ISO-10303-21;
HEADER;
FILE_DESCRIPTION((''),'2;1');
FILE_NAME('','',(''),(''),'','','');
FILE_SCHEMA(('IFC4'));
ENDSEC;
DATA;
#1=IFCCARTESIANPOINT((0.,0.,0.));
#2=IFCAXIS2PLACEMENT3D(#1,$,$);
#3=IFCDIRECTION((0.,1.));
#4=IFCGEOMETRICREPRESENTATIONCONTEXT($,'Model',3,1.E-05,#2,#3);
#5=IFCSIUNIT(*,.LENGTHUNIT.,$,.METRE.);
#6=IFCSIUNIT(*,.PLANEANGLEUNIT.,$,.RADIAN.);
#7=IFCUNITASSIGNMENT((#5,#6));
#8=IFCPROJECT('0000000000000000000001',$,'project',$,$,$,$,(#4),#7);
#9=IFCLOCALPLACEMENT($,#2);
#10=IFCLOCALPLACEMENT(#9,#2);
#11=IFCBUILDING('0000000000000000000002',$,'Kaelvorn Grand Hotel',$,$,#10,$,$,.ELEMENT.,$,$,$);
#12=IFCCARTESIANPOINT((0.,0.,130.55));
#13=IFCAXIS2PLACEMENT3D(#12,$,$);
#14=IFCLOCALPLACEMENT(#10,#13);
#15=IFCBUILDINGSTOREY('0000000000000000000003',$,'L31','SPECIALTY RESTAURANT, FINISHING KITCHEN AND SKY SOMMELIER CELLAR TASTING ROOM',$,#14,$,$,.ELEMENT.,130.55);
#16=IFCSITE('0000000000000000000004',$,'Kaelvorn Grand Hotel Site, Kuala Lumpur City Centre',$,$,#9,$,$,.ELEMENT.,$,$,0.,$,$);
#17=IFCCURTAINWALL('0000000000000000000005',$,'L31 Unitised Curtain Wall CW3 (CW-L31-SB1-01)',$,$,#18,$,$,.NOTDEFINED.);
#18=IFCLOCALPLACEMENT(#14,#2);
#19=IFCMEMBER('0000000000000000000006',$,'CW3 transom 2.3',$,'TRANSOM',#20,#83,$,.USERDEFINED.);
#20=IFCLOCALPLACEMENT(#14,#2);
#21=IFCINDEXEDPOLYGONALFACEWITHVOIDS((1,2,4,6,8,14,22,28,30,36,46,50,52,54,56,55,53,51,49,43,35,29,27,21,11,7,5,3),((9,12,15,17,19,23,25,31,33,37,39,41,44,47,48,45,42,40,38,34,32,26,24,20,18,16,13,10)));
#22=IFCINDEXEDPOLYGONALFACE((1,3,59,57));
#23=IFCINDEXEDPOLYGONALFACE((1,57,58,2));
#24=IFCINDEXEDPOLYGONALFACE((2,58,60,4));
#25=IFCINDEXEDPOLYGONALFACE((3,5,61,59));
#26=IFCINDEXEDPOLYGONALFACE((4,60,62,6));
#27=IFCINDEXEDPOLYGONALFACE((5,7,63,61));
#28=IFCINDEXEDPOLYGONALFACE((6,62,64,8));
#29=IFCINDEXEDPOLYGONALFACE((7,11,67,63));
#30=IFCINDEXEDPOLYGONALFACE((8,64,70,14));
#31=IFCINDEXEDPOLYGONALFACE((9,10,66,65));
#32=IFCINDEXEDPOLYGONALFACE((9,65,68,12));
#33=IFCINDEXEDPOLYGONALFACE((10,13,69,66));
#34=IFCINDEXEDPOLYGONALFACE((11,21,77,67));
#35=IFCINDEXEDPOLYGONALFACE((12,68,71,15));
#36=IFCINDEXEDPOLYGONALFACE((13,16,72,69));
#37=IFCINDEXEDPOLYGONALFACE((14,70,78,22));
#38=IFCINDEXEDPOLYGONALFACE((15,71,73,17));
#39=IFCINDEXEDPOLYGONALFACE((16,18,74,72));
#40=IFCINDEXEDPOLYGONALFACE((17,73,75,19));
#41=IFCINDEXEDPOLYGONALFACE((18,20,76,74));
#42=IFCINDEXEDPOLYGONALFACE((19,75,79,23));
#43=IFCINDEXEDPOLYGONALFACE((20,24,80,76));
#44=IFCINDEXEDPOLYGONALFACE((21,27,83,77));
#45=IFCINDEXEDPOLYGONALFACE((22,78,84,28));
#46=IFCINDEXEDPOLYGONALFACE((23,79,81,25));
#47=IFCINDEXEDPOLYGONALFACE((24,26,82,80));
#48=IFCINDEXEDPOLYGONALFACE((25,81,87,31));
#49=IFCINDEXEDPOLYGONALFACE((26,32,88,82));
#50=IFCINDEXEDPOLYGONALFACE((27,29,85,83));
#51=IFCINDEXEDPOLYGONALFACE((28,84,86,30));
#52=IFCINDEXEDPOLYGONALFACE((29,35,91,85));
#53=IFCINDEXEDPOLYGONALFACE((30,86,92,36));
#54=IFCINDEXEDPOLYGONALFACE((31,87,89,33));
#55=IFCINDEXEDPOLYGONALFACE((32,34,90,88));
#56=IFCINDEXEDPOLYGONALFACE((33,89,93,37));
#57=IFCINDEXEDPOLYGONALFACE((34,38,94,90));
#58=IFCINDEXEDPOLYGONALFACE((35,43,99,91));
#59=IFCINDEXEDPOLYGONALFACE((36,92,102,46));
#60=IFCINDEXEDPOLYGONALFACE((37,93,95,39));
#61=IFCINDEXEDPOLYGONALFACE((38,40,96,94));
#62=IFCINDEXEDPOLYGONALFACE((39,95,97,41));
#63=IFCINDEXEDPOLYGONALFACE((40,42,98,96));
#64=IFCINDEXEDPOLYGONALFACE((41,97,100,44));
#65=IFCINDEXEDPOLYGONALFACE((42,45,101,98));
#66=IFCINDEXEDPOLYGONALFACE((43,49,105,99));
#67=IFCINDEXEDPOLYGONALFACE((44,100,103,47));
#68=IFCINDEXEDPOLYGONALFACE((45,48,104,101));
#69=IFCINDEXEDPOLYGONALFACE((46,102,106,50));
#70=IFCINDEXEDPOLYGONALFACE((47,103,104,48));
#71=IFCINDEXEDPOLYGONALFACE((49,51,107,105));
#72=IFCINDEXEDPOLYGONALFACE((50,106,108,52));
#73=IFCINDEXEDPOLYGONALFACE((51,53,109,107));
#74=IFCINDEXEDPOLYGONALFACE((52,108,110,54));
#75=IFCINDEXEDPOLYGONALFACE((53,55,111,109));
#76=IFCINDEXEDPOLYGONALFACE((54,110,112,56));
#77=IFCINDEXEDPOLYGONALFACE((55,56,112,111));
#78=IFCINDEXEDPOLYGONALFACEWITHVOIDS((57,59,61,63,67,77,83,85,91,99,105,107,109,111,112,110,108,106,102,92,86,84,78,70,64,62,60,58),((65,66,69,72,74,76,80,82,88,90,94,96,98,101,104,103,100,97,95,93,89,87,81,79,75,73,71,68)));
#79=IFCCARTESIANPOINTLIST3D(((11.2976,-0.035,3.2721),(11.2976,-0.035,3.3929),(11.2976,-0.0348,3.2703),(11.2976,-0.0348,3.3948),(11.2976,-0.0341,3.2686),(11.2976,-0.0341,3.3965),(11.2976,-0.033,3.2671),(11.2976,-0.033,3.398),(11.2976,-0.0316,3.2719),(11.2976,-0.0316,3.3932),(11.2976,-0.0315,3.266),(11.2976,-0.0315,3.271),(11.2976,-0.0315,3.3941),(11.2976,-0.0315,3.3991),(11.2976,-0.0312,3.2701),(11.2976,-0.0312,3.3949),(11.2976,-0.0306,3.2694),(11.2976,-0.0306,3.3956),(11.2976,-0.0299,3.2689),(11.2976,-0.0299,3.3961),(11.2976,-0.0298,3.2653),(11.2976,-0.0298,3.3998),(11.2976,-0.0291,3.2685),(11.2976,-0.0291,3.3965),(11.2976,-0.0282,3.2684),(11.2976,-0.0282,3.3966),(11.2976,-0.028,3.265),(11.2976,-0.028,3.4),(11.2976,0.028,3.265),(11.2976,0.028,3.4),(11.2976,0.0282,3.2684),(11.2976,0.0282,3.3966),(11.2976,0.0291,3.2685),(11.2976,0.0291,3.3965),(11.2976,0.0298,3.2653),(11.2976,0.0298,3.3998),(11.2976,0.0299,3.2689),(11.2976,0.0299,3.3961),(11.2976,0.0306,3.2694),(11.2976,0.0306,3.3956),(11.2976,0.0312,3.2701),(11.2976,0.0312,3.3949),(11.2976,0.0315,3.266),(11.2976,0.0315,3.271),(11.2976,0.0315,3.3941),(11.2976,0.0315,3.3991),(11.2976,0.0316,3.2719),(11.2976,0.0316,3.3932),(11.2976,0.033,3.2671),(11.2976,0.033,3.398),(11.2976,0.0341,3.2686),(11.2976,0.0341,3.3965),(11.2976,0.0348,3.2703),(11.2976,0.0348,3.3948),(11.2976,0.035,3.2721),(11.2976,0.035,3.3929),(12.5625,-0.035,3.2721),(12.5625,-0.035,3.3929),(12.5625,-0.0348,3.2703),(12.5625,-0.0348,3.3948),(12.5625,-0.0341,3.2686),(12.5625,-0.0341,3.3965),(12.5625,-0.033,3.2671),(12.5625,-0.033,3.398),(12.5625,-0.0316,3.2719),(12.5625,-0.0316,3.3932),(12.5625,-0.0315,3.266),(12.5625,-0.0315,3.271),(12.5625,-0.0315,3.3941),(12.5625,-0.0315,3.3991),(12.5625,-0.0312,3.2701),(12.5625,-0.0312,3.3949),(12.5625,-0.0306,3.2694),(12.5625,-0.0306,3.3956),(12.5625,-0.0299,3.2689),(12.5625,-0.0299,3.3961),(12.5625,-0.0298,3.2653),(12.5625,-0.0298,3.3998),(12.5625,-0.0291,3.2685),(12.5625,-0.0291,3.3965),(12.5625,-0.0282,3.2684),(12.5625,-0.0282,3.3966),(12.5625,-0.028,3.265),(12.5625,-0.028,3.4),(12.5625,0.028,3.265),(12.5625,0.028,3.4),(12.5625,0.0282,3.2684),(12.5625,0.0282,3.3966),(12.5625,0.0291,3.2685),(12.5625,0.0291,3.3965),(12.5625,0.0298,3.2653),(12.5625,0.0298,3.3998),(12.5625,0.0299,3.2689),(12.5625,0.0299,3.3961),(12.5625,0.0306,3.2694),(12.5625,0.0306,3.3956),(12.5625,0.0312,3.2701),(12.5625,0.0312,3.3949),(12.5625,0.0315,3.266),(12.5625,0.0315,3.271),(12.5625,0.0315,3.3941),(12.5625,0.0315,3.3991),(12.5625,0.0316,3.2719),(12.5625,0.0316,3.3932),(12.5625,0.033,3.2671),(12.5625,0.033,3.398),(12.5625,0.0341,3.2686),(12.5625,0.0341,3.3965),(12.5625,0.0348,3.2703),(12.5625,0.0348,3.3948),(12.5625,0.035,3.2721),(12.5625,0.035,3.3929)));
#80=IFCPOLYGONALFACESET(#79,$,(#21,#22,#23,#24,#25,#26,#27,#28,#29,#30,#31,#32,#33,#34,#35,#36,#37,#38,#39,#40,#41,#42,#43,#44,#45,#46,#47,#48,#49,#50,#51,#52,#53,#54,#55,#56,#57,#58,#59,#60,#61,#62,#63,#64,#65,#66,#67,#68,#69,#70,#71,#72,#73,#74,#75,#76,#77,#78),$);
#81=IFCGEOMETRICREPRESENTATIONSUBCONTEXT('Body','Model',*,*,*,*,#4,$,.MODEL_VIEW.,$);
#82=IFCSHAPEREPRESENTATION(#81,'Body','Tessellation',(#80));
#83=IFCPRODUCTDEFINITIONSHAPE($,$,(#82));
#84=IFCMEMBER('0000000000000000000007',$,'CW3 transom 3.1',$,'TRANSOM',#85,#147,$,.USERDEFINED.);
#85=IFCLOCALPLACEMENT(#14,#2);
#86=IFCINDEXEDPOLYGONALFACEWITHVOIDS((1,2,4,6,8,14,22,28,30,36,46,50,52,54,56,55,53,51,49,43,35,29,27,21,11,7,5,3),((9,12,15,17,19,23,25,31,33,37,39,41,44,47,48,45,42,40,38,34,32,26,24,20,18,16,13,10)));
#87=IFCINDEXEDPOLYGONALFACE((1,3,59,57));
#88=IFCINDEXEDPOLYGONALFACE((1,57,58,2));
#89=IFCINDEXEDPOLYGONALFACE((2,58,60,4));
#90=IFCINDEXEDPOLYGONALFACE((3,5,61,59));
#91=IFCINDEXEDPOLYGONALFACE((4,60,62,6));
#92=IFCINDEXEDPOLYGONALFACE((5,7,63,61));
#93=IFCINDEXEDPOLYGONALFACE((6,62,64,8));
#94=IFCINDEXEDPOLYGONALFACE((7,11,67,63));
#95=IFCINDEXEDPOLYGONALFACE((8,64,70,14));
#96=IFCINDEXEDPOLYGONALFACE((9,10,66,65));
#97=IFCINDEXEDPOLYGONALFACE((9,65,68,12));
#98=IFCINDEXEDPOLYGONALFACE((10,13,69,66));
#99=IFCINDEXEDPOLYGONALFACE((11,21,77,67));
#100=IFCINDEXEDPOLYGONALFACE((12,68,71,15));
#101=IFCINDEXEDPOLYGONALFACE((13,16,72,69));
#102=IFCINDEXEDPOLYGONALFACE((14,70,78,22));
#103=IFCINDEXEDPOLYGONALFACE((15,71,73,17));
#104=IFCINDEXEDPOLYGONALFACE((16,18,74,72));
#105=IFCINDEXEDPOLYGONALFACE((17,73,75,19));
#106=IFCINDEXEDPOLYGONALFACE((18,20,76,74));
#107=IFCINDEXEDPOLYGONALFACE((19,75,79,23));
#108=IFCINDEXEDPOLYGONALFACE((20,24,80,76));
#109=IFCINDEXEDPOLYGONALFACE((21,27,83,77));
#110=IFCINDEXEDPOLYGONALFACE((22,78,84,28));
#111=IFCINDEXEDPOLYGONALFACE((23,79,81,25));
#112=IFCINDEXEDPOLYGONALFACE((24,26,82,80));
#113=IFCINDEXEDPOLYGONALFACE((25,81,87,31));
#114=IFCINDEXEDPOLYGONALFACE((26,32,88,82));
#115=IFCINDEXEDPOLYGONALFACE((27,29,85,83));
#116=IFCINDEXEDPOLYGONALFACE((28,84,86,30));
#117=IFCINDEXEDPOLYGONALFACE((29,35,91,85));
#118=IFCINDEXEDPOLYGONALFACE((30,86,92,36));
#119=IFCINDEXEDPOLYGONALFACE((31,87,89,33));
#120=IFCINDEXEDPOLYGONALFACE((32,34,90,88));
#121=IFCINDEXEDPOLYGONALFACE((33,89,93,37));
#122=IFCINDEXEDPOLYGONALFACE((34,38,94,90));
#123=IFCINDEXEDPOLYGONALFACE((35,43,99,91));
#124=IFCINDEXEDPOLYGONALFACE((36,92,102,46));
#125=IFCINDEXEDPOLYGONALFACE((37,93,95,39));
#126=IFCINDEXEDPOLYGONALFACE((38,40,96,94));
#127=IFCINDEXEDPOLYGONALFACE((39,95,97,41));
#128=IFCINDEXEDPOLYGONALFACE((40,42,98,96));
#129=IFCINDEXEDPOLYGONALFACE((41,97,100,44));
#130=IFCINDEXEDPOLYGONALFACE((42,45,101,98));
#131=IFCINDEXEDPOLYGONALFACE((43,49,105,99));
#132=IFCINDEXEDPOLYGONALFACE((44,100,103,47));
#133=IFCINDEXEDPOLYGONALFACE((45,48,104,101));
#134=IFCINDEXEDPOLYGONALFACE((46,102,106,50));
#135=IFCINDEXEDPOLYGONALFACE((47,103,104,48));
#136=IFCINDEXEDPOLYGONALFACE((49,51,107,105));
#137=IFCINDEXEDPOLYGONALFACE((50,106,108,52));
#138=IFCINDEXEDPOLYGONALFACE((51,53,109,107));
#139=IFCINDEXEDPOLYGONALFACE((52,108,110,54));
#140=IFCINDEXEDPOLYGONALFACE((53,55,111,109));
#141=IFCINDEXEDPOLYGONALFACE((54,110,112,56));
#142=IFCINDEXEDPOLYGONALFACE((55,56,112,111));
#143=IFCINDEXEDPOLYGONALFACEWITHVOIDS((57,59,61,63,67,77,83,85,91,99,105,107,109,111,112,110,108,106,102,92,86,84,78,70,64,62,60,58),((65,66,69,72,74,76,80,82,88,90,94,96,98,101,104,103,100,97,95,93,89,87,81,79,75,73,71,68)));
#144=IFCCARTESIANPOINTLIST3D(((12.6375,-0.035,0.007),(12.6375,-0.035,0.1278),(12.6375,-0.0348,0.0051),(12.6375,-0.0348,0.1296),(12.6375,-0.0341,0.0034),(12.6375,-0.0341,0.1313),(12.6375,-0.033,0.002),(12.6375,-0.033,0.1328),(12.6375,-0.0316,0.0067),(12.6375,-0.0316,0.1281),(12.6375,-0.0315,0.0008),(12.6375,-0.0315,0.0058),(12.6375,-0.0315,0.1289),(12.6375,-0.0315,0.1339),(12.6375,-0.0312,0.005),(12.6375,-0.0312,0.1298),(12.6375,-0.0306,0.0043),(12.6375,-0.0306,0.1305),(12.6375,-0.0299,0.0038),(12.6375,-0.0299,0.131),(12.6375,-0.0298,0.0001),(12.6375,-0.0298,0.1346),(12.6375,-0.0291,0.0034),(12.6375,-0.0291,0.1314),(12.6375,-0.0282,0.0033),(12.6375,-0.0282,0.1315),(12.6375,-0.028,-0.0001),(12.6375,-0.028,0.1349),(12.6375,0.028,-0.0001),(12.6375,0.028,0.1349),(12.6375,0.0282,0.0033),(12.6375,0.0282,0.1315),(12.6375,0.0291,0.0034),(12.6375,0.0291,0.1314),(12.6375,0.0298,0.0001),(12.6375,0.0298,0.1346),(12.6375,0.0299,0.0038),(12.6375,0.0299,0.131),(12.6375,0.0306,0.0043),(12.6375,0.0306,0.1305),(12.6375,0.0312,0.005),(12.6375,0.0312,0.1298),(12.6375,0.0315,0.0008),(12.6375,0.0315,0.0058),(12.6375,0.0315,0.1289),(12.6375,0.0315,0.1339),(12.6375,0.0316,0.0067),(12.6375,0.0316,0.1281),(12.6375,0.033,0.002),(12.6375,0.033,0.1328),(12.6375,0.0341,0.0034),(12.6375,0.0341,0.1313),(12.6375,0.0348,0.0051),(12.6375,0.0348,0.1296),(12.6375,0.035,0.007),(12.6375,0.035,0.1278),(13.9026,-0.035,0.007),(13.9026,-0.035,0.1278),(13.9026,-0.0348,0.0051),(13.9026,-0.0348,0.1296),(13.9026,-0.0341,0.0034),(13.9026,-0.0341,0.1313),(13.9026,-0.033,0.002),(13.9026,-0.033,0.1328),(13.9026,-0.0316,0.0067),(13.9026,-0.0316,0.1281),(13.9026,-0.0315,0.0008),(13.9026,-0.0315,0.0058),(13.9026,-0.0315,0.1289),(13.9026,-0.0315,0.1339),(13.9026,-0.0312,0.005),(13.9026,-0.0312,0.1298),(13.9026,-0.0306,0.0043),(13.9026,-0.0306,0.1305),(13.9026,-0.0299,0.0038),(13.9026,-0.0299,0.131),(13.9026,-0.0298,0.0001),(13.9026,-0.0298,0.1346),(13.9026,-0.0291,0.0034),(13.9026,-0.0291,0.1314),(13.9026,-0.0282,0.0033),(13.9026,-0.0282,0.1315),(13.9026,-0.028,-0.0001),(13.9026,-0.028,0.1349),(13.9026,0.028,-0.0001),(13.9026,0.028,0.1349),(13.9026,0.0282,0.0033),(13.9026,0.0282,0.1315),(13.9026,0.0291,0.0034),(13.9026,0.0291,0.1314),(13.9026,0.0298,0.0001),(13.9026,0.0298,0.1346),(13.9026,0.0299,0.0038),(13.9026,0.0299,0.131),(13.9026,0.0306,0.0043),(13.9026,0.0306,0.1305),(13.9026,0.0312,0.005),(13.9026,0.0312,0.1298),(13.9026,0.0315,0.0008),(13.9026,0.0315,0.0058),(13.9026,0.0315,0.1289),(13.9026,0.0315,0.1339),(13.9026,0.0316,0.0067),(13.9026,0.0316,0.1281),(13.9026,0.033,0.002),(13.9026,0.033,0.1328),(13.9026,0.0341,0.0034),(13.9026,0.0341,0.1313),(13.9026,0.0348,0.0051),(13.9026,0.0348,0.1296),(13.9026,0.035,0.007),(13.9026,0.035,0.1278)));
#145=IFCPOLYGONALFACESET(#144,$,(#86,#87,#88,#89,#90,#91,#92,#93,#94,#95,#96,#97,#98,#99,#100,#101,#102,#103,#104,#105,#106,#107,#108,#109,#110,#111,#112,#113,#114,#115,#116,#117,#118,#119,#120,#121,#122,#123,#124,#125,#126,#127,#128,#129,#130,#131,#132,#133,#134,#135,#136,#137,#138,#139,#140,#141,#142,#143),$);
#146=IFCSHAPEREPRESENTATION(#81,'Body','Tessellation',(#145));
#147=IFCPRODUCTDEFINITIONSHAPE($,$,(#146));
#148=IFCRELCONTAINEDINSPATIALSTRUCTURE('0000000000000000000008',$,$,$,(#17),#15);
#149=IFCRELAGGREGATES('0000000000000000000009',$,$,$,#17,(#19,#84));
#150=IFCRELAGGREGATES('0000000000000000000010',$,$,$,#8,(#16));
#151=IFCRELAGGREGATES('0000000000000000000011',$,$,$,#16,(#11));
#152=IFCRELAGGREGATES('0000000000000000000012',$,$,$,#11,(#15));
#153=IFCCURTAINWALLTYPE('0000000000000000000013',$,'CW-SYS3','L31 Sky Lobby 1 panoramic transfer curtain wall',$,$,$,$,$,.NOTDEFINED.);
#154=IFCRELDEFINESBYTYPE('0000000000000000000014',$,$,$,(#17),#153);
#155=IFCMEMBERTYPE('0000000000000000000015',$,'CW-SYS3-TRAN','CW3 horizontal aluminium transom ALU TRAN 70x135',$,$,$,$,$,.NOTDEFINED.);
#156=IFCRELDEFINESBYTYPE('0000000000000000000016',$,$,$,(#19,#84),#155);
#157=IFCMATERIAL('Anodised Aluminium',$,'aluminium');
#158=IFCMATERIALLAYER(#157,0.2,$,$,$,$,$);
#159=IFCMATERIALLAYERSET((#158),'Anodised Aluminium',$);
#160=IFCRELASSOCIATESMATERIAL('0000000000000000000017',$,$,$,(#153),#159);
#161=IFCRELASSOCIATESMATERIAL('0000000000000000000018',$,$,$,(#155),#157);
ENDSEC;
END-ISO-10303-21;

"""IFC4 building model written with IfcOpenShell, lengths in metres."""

from ifc_helpers import new_model, si_unit, direction, frame, origin, origin_2d, place, context, subcontext, project, spatial, hollow_rectangle, extrude, material, layer, layer_set, material_profile, profile_set, type_object, element, aggregate, save


model = new_model("IFC4")

# Units and contexts
model_context = context("Model", 3, precision=1e-05, world=origin(), true_north=direction((0.0, 1.0)))
body_context = subcontext(model_context, "Body", "Model", "MODEL_VIEW")
ifc_project = project(units=[si_unit("LENGTHUNIT", "METRE"), si_unit("PLANEANGLEUNIT", "RADIAN")], contexts=[model_context])

# Site, building, storey
site_placement = place(None, origin())
site = spatial("IfcSite", under=ifc_project, at=site_placement, Name="Kaelvorn Grand Hotel Site, Kuala Lumpur City Centre", CompositionType="ELEMENT", RefElevation=0.0)
building_placement = place(site_placement, origin())
building = spatial("IfcBuilding", under=site, at=building_placement, Name="Kaelvorn Grand Hotel", CompositionType="ELEMENT")
storey_placement = place(building_placement, frame((0.0, 0.0, 130.55)))
storey = spatial("IfcBuildingStorey", under=building, at=storey_placement, Name="L31", Description="SPECIALTY RESTAURANT, FINISHING KITCHEN AND SKY SOMMELIER CELLAR TASTING ROOM", CompositionType="ELEMENT", Elevation=130.55)

# Curtain wall, members
ifc_material_1 = material(Name="Anodised Aluminium", Category="aluminium")
ifc_layer_1 = layer(ifc_material_1, 0.2)
ifc_layer_set_1 = layer_set([ifc_layer_1], Name="Anodised Aluminium")
curtain_wall_type = type_object("IfcCurtainWallType", Name="CW-SYS3", Description="L31 Sky Lobby 1 panoramic transfer curtain wall", PredefinedType="NOTDEFINED", material=ifc_layer_set_1)
curtain_wall_placement = place(storey_placement, origin())
curtain_wall = element("IfcCurtainWall", 1, at=curtain_wall_placement, inside=storey, type_object=curtain_wall_type, Name="L31 Unitised Curtain Wall CW3 (CW-L31-SB1-01)", PredefinedType="NOTDEFINED")
ifc_material_profile_1 = material_profile(ifc_material_1, hollow_rectangle(XDim=0.0701, YDim=0.135, WallThickness=0.0034, InnerFilletRadius=0.0034, OuterFilletRadius=0.0071, at=origin_2d()), Name="ALU TRAN 70x135")
ifc_profile_set_1 = profile_set([ifc_material_profile_1], Name="Anodised Aluminium")
member_type_1 = type_object("IfcMemberType", Name="CW-SYS3-TRAN", Description="CW3 horizontal aluminium transom ALU TRAN 70x135", PredefinedType="NOTDEFINED", material=ifc_profile_set_1)
member_1_placement = place(storey_placement, frame((11.2976, 0.0, 3.3325), z_axis=(1.0, 0.0, 0.0), x_axis=(0.0, 1.0, 0.0)))
member_1 = element("IfcMember", 2, at=member_1_placement, type_object=member_type_1, Name="CW3 transom 2.3", ObjectType="TRANSOM", PredefinedType="USERDEFINED", context=body_context, shape_type="SweptSolid", body=[
    extrude(hollow_rectangle(XDim=0.0701, YDim=0.135, WallThickness=0.0034, InnerFilletRadius=0.0034, OuterFilletRadius=0.0071, at=origin_2d()), origin(), (0.0, 0.0, 1.0), 1.2649),
])
member_2_placement = place(storey_placement, frame((12.6375, 0.0, 0.0674), z_axis=(1.0, 0.0, 0.0), x_axis=(0.0, 1.0, 0.0)))
member_2 = element("IfcMember", 3, at=member_2_placement, type_object=member_type_1, Name="CW3 transom 3.1", ObjectType="TRANSOM", PredefinedType="USERDEFINED", context=body_context, shape_type="SweptSolid", body=[
    extrude(hollow_rectangle(XDim=0.0701, YDim=0.135, WallThickness=0.0034, InnerFilletRadius=0.0034, OuterFilletRadius=0.0071, at=origin_2d()), origin(), (0.0, 0.0, 1.0), 1.2651),
])
aggregate(curtain_wall, [member_1, member_2])

save(model, "model.ifc")
